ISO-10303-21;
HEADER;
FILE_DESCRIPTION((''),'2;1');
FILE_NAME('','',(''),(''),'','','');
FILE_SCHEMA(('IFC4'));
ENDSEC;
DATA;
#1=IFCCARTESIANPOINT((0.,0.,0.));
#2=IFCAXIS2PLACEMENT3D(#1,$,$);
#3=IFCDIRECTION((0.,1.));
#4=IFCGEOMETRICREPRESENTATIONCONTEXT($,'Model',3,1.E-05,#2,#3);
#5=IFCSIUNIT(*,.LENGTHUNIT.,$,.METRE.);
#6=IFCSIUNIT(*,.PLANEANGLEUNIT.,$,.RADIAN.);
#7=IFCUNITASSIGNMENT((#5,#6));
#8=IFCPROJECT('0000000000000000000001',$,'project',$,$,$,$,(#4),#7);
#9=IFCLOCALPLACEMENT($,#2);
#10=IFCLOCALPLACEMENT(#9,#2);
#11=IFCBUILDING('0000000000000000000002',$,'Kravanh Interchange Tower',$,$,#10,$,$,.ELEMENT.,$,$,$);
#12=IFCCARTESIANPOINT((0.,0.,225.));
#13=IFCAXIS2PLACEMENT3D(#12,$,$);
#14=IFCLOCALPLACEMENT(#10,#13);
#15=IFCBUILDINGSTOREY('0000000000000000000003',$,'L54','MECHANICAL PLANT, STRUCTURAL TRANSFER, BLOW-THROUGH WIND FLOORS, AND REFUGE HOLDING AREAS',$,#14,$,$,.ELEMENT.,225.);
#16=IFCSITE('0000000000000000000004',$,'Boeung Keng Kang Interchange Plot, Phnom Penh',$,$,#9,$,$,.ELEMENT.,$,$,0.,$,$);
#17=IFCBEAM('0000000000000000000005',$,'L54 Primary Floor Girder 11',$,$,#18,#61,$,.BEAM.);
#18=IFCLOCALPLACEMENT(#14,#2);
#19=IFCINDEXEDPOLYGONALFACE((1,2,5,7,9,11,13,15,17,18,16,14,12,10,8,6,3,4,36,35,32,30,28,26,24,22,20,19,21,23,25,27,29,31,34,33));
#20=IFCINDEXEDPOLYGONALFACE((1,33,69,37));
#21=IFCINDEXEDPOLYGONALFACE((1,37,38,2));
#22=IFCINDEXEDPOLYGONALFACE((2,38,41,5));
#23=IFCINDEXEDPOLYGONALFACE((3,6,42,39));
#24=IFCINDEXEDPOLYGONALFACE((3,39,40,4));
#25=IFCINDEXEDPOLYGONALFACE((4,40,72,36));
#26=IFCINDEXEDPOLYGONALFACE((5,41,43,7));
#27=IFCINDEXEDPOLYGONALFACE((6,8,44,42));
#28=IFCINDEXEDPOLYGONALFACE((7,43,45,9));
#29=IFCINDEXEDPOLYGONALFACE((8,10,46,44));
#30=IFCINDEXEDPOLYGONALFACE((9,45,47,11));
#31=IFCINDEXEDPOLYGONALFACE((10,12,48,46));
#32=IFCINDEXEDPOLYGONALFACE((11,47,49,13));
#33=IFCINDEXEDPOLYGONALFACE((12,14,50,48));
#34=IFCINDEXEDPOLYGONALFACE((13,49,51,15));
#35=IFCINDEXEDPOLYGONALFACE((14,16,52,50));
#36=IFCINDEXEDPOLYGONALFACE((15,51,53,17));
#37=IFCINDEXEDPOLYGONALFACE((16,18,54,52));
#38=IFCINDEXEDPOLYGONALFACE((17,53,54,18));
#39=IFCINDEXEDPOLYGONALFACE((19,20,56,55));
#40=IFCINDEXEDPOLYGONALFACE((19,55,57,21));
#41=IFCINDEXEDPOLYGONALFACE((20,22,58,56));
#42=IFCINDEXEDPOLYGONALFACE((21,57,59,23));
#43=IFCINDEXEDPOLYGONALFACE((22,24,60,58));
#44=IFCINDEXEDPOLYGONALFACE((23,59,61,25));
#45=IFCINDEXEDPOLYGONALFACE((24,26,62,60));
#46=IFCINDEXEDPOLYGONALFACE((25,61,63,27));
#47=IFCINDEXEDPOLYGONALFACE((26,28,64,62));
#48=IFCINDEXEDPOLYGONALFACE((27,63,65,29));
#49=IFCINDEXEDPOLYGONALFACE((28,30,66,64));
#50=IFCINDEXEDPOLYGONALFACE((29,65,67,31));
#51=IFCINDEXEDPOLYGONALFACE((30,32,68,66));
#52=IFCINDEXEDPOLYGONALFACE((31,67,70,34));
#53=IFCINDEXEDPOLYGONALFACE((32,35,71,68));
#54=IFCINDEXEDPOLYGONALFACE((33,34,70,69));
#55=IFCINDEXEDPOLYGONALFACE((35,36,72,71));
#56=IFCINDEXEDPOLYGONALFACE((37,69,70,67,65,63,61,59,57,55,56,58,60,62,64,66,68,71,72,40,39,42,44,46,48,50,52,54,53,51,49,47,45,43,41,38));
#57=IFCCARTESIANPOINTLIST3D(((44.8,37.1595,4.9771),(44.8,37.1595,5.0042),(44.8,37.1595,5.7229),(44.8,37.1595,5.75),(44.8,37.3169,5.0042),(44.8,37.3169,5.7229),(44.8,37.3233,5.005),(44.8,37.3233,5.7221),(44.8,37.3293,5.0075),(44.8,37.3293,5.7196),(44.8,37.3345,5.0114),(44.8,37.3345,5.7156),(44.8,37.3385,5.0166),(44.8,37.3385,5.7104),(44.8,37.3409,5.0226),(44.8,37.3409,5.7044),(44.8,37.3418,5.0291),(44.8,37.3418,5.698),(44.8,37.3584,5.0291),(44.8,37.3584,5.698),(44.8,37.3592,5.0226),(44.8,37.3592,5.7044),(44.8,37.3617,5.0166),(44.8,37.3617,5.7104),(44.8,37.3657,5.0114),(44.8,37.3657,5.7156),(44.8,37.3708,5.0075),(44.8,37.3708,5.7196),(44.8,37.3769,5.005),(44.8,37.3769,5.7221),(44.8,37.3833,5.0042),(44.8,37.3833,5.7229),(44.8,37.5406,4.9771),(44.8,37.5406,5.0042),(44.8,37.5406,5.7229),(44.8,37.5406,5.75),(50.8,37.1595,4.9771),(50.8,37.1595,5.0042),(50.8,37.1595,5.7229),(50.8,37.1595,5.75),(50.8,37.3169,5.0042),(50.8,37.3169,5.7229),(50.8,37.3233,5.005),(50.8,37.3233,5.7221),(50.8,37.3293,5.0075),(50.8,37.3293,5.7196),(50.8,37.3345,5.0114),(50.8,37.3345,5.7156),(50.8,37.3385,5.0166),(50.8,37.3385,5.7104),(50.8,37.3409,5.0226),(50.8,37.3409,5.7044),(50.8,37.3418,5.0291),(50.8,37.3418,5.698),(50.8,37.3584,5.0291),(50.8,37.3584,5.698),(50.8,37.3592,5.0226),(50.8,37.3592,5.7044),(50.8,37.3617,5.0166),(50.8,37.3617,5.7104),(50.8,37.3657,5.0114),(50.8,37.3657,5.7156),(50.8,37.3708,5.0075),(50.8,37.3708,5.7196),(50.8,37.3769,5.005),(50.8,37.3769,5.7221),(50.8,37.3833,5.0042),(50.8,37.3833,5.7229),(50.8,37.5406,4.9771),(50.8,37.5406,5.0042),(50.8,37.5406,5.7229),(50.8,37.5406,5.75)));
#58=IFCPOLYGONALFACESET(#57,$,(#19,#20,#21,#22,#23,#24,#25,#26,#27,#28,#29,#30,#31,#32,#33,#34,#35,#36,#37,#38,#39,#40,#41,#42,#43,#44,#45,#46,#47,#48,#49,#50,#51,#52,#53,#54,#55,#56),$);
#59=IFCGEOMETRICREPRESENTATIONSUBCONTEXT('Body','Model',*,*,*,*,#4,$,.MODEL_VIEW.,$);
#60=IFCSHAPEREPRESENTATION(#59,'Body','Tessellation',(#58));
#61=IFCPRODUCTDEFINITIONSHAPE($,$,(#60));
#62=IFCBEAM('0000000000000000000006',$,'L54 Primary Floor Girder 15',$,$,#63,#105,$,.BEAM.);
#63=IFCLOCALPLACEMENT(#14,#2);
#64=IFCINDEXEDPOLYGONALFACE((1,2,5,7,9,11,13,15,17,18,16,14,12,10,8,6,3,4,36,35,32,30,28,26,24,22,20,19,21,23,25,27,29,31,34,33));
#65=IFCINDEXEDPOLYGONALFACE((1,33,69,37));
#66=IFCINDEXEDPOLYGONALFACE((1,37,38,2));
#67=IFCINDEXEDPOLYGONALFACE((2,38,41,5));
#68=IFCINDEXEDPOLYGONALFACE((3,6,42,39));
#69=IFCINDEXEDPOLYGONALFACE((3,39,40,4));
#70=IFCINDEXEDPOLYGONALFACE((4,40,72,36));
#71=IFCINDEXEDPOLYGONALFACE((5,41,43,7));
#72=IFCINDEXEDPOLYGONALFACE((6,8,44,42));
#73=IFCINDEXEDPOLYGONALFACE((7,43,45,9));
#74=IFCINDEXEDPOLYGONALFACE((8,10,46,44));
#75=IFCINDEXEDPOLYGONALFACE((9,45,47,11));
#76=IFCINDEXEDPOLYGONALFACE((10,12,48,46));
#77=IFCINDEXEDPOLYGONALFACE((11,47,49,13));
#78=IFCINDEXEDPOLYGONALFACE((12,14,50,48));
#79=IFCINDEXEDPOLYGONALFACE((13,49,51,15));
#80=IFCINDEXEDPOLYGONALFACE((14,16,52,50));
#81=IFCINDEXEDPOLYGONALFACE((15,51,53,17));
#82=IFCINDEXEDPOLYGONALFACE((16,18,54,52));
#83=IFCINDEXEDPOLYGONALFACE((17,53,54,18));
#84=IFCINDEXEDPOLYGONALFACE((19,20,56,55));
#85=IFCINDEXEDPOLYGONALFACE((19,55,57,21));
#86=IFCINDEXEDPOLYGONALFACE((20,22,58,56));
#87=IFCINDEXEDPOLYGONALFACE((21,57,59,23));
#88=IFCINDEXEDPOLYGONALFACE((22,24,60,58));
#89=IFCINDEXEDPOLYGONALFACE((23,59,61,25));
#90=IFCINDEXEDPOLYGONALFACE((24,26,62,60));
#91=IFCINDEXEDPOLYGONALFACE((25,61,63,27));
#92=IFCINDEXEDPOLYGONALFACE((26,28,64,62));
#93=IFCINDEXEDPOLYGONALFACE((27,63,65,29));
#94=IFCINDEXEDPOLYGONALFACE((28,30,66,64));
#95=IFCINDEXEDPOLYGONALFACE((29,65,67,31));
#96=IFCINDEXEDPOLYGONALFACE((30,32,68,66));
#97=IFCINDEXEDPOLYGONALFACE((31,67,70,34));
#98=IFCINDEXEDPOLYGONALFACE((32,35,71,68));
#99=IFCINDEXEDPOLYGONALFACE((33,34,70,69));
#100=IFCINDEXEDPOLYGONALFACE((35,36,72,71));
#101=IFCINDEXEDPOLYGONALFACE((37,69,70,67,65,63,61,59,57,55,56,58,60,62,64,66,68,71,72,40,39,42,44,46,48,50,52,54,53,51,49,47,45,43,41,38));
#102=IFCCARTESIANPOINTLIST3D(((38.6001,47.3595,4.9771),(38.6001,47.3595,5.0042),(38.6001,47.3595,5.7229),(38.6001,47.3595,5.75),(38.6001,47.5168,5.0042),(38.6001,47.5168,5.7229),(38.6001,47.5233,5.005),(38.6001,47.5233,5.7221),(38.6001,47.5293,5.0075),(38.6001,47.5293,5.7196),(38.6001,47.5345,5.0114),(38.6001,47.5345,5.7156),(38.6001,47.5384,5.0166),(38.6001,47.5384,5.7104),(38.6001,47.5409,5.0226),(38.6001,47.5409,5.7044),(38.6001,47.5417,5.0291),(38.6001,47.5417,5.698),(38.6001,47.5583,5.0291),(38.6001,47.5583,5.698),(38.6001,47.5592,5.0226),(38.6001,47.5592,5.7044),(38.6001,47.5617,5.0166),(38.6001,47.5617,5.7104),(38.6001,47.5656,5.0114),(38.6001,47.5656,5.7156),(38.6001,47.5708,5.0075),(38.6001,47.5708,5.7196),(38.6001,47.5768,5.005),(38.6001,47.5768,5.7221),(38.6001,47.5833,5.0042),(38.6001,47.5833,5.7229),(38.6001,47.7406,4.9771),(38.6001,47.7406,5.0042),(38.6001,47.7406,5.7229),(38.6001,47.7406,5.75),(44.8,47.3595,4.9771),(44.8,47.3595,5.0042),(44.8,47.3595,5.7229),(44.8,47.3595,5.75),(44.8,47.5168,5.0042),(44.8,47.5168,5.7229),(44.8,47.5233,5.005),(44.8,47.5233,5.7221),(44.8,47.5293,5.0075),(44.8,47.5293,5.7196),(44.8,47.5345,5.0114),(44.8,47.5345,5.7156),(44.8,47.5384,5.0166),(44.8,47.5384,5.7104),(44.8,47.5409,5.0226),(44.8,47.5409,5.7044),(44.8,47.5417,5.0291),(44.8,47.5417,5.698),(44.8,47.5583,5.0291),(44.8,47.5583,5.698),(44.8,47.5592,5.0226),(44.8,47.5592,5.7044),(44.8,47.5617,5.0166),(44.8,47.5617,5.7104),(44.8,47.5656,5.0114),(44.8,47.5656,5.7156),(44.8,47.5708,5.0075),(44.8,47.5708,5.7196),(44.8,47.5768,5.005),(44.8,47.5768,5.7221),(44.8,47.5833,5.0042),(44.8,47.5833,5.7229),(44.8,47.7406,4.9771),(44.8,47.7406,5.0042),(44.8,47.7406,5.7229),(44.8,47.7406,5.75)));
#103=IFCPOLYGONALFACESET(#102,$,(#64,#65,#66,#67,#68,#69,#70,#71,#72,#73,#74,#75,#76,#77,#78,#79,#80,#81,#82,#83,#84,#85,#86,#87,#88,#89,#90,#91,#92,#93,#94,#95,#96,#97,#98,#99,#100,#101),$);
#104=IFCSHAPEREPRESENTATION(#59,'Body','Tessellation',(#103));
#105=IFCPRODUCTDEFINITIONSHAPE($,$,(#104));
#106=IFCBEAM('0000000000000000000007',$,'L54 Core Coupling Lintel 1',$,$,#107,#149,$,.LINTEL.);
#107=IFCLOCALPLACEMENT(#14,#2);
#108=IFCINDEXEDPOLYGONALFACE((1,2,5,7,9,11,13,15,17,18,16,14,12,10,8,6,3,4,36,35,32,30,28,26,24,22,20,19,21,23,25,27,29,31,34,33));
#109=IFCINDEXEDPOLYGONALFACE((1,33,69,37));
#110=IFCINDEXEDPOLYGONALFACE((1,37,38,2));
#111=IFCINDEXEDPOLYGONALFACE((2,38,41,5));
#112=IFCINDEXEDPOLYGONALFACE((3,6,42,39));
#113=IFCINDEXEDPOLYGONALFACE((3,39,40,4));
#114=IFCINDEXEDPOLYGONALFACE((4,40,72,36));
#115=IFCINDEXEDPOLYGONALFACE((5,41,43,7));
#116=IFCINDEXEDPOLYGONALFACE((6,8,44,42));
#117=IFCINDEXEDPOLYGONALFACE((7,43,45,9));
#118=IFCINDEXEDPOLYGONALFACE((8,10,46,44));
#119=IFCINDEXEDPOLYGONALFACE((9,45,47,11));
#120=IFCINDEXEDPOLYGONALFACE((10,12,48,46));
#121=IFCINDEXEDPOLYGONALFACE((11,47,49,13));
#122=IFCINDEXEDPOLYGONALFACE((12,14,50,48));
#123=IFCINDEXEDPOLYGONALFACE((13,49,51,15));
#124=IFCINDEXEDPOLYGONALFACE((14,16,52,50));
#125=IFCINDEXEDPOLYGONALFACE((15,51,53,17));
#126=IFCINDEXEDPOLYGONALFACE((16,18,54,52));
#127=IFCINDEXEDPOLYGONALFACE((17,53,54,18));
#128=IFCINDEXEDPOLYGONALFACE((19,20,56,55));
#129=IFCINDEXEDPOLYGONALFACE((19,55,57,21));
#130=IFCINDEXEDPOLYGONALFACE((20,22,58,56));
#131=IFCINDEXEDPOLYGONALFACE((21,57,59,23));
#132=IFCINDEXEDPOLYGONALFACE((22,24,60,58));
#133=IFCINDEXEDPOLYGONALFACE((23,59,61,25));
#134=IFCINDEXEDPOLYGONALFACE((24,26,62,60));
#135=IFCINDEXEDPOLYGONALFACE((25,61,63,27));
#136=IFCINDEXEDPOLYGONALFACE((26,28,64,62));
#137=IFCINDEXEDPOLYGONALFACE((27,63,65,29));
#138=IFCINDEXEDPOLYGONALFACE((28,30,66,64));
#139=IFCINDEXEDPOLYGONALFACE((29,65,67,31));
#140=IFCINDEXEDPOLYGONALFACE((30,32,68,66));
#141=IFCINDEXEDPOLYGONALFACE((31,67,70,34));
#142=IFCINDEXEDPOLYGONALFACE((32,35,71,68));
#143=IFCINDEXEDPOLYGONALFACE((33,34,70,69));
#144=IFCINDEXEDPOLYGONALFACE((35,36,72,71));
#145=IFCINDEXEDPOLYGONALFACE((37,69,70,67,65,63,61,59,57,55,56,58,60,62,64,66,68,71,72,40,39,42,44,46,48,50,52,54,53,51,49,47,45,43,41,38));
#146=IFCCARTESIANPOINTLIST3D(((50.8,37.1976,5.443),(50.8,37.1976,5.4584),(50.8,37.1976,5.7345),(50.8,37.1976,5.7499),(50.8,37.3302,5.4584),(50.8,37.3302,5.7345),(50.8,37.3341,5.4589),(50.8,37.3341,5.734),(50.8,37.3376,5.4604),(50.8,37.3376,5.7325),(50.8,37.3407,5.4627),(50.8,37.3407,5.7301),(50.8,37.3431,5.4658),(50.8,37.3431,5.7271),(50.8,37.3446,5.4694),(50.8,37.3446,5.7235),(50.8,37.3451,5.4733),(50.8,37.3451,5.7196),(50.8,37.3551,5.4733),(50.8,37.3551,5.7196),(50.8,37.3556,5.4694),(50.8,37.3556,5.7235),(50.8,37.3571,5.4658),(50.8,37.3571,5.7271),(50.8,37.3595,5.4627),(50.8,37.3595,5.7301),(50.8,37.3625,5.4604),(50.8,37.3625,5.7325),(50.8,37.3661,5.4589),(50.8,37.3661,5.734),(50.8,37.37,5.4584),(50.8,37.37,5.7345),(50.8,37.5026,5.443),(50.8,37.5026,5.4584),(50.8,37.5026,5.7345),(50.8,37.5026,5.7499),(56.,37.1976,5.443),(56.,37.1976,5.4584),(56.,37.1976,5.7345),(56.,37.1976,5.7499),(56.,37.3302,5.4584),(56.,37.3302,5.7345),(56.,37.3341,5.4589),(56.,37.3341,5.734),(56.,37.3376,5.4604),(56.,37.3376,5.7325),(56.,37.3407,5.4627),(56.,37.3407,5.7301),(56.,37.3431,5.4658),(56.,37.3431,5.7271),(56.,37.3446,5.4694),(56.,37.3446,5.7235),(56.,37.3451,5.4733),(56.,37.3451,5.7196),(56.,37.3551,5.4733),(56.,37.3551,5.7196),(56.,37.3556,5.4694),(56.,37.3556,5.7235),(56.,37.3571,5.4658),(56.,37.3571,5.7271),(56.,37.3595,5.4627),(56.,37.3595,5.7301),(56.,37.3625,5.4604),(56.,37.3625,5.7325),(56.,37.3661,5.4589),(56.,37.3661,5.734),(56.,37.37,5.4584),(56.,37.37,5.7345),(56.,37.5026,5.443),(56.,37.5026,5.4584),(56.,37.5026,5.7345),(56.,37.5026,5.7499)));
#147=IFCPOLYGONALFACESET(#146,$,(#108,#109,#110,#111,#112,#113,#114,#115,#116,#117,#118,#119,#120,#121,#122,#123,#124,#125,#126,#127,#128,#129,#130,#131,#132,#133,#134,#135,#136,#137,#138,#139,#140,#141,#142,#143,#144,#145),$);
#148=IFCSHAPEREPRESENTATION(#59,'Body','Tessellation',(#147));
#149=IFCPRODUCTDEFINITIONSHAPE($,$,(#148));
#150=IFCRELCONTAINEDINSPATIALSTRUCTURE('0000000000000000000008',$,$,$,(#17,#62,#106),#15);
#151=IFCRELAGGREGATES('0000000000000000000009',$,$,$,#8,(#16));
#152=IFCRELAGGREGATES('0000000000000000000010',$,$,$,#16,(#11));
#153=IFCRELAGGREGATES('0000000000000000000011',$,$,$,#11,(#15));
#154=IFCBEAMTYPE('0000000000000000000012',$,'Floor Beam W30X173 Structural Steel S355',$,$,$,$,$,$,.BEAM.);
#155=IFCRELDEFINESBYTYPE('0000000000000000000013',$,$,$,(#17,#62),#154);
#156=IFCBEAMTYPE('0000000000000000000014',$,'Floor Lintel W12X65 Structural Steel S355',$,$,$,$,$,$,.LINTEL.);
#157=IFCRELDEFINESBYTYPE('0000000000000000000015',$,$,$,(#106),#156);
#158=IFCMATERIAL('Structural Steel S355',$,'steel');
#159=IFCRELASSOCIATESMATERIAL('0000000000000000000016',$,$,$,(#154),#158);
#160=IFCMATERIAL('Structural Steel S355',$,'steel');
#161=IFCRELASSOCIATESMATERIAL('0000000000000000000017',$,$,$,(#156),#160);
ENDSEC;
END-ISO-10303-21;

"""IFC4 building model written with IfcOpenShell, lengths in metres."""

from ifc_helpers import new_model, si_unit, direction, frame, origin, origin_2d, place, context, subcontext, project, spatial, i_section, extrude, material, material_profile, profile_set, type_object, element, save


model = new_model("IFC4")

# Units and contexts
model_context = context("Model", 3, precision=1e-05, world=origin(), true_north=direction((0.0, 1.0)))
body_context = subcontext(model_context, "Body", "Model", "MODEL_VIEW")
ifc_project = project(units=[si_unit("LENGTHUNIT", "METRE"), si_unit("PLANEANGLEUNIT", "RADIAN")], contexts=[model_context])

# Site, building, storey
site_placement = place(None, origin())
site = spatial("IfcSite", under=ifc_project, at=site_placement, Name="Boeung Keng Kang Interchange Plot, Phnom Penh", CompositionType="ELEMENT", RefElevation=0.0)
building_placement = place(site_placement, origin())
building = spatial("IfcBuilding", under=site, at=building_placement, Name="Kravanh Interchange Tower", CompositionType="ELEMENT")
storey_placement = place(building_placement, frame((0.0, 0.0, 225.0)))
storey = spatial("IfcBuildingStorey", under=building, at=storey_placement, Name="L54", Description="MECHANICAL PLANT, STRUCTURAL TRANSFER, BLOW-THROUGH WIND FLOORS, AND REFUGE HOLDING AREAS", CompositionType="ELEMENT", Elevation=225.0)

# Beams
ifc_material_1 = material(Name="Structural Steel S355", Category="steel")
ifc_material_profile_1 = material_profile(ifc_material_1, i_section(OverallWidth=0.3811, OverallDepth=0.7729, WebThickness=0.0166, FlangeThickness=0.0271, FilletRadius=0.0249, at=origin_2d()), Name="W30X173")
ifc_profile_set_1 = profile_set([ifc_material_profile_1], Name="Structural Steel S355")
beam_type_1 = type_object("IfcBeamType", Name="Floor Beam W30X173 Structural Steel S355", PredefinedType="BEAM", material=ifc_profile_set_1)
beam_1_placement = place(storey_placement, frame((50.8, 37.3501, 5.3635), z_axis=(-1.0, 0.0, 0.0), x_axis=(0.0, -1.0, 0.0)))
element("IfcBeam", 1, at=beam_1_placement, inside=storey, type_object=beam_type_1, Name="L54 Primary Floor Girder 11", PredefinedType="BEAM", context=body_context, shape_type="SweptSolid", body=[
    extrude(i_section(OverallWidth=0.3811, OverallDepth=0.7729, WebThickness=0.0166, FlangeThickness=0.0271, FilletRadius=0.0249, at=origin_2d()), origin(), (0.0, 0.0, 1.0), 6.0),
])
beam_2_placement = place(storey_placement, frame((44.8, 47.55, 5.3635), z_axis=(-1.0, 0.0, 0.0), x_axis=(0.0, -1.0, 0.0)))
element("IfcBeam", 2, at=beam_2_placement, inside=storey, type_object=beam_type_1, Name="L54 Primary Floor Girder 15", PredefinedType="BEAM", context=body_context, shape_type="SweptSolid", body=[
    extrude(i_section(OverallWidth=0.3811, OverallDepth=0.7729, WebThickness=0.0166, FlangeThickness=0.0271, FilletRadius=0.0249, at=origin_2d()), origin(), (0.0, 0.0, 1.0), 6.2),
])
ifc_material_2 = material(Name="Structural Steel S355", Category="steel")
ifc_material_profile_2 = material_profile(ifc_material_2, i_section(OverallWidth=0.3049, OverallDepth=0.3069, WebThickness=0.01, FlangeThickness=0.0154, FilletRadius=0.0149, at=origin_2d()), Name="W12X65")
ifc_profile_set_2 = profile_set([ifc_material_profile_2], Name="Structural Steel S355")
beam_type_2 = type_object("IfcBeamType", Name="Floor Lintel W12X65 Structural Steel S355", PredefinedType="LINTEL", material=ifc_profile_set_2)
beam_3_placement = place(storey_placement, frame((50.8, 37.3501, 5.5964), z_axis=(1.0, 0.0, 0.0), x_axis=(0.0, 1.0, 0.0)))
element("IfcBeam", 3, at=beam_3_placement, inside=storey, type_object=beam_type_2, Name="L54 Core Coupling Lintel 1", PredefinedType="LINTEL", context=body_context, shape_type="SweptSolid", body=[
    extrude(i_section(OverallWidth=0.3049, OverallDepth=0.3069, WebThickness=0.01, FlangeThickness=0.0154, FilletRadius=0.0149, at=origin_2d()), origin(), (0.0, 0.0, 1.0), 5.2),
])

save(model, "model.ifc")
